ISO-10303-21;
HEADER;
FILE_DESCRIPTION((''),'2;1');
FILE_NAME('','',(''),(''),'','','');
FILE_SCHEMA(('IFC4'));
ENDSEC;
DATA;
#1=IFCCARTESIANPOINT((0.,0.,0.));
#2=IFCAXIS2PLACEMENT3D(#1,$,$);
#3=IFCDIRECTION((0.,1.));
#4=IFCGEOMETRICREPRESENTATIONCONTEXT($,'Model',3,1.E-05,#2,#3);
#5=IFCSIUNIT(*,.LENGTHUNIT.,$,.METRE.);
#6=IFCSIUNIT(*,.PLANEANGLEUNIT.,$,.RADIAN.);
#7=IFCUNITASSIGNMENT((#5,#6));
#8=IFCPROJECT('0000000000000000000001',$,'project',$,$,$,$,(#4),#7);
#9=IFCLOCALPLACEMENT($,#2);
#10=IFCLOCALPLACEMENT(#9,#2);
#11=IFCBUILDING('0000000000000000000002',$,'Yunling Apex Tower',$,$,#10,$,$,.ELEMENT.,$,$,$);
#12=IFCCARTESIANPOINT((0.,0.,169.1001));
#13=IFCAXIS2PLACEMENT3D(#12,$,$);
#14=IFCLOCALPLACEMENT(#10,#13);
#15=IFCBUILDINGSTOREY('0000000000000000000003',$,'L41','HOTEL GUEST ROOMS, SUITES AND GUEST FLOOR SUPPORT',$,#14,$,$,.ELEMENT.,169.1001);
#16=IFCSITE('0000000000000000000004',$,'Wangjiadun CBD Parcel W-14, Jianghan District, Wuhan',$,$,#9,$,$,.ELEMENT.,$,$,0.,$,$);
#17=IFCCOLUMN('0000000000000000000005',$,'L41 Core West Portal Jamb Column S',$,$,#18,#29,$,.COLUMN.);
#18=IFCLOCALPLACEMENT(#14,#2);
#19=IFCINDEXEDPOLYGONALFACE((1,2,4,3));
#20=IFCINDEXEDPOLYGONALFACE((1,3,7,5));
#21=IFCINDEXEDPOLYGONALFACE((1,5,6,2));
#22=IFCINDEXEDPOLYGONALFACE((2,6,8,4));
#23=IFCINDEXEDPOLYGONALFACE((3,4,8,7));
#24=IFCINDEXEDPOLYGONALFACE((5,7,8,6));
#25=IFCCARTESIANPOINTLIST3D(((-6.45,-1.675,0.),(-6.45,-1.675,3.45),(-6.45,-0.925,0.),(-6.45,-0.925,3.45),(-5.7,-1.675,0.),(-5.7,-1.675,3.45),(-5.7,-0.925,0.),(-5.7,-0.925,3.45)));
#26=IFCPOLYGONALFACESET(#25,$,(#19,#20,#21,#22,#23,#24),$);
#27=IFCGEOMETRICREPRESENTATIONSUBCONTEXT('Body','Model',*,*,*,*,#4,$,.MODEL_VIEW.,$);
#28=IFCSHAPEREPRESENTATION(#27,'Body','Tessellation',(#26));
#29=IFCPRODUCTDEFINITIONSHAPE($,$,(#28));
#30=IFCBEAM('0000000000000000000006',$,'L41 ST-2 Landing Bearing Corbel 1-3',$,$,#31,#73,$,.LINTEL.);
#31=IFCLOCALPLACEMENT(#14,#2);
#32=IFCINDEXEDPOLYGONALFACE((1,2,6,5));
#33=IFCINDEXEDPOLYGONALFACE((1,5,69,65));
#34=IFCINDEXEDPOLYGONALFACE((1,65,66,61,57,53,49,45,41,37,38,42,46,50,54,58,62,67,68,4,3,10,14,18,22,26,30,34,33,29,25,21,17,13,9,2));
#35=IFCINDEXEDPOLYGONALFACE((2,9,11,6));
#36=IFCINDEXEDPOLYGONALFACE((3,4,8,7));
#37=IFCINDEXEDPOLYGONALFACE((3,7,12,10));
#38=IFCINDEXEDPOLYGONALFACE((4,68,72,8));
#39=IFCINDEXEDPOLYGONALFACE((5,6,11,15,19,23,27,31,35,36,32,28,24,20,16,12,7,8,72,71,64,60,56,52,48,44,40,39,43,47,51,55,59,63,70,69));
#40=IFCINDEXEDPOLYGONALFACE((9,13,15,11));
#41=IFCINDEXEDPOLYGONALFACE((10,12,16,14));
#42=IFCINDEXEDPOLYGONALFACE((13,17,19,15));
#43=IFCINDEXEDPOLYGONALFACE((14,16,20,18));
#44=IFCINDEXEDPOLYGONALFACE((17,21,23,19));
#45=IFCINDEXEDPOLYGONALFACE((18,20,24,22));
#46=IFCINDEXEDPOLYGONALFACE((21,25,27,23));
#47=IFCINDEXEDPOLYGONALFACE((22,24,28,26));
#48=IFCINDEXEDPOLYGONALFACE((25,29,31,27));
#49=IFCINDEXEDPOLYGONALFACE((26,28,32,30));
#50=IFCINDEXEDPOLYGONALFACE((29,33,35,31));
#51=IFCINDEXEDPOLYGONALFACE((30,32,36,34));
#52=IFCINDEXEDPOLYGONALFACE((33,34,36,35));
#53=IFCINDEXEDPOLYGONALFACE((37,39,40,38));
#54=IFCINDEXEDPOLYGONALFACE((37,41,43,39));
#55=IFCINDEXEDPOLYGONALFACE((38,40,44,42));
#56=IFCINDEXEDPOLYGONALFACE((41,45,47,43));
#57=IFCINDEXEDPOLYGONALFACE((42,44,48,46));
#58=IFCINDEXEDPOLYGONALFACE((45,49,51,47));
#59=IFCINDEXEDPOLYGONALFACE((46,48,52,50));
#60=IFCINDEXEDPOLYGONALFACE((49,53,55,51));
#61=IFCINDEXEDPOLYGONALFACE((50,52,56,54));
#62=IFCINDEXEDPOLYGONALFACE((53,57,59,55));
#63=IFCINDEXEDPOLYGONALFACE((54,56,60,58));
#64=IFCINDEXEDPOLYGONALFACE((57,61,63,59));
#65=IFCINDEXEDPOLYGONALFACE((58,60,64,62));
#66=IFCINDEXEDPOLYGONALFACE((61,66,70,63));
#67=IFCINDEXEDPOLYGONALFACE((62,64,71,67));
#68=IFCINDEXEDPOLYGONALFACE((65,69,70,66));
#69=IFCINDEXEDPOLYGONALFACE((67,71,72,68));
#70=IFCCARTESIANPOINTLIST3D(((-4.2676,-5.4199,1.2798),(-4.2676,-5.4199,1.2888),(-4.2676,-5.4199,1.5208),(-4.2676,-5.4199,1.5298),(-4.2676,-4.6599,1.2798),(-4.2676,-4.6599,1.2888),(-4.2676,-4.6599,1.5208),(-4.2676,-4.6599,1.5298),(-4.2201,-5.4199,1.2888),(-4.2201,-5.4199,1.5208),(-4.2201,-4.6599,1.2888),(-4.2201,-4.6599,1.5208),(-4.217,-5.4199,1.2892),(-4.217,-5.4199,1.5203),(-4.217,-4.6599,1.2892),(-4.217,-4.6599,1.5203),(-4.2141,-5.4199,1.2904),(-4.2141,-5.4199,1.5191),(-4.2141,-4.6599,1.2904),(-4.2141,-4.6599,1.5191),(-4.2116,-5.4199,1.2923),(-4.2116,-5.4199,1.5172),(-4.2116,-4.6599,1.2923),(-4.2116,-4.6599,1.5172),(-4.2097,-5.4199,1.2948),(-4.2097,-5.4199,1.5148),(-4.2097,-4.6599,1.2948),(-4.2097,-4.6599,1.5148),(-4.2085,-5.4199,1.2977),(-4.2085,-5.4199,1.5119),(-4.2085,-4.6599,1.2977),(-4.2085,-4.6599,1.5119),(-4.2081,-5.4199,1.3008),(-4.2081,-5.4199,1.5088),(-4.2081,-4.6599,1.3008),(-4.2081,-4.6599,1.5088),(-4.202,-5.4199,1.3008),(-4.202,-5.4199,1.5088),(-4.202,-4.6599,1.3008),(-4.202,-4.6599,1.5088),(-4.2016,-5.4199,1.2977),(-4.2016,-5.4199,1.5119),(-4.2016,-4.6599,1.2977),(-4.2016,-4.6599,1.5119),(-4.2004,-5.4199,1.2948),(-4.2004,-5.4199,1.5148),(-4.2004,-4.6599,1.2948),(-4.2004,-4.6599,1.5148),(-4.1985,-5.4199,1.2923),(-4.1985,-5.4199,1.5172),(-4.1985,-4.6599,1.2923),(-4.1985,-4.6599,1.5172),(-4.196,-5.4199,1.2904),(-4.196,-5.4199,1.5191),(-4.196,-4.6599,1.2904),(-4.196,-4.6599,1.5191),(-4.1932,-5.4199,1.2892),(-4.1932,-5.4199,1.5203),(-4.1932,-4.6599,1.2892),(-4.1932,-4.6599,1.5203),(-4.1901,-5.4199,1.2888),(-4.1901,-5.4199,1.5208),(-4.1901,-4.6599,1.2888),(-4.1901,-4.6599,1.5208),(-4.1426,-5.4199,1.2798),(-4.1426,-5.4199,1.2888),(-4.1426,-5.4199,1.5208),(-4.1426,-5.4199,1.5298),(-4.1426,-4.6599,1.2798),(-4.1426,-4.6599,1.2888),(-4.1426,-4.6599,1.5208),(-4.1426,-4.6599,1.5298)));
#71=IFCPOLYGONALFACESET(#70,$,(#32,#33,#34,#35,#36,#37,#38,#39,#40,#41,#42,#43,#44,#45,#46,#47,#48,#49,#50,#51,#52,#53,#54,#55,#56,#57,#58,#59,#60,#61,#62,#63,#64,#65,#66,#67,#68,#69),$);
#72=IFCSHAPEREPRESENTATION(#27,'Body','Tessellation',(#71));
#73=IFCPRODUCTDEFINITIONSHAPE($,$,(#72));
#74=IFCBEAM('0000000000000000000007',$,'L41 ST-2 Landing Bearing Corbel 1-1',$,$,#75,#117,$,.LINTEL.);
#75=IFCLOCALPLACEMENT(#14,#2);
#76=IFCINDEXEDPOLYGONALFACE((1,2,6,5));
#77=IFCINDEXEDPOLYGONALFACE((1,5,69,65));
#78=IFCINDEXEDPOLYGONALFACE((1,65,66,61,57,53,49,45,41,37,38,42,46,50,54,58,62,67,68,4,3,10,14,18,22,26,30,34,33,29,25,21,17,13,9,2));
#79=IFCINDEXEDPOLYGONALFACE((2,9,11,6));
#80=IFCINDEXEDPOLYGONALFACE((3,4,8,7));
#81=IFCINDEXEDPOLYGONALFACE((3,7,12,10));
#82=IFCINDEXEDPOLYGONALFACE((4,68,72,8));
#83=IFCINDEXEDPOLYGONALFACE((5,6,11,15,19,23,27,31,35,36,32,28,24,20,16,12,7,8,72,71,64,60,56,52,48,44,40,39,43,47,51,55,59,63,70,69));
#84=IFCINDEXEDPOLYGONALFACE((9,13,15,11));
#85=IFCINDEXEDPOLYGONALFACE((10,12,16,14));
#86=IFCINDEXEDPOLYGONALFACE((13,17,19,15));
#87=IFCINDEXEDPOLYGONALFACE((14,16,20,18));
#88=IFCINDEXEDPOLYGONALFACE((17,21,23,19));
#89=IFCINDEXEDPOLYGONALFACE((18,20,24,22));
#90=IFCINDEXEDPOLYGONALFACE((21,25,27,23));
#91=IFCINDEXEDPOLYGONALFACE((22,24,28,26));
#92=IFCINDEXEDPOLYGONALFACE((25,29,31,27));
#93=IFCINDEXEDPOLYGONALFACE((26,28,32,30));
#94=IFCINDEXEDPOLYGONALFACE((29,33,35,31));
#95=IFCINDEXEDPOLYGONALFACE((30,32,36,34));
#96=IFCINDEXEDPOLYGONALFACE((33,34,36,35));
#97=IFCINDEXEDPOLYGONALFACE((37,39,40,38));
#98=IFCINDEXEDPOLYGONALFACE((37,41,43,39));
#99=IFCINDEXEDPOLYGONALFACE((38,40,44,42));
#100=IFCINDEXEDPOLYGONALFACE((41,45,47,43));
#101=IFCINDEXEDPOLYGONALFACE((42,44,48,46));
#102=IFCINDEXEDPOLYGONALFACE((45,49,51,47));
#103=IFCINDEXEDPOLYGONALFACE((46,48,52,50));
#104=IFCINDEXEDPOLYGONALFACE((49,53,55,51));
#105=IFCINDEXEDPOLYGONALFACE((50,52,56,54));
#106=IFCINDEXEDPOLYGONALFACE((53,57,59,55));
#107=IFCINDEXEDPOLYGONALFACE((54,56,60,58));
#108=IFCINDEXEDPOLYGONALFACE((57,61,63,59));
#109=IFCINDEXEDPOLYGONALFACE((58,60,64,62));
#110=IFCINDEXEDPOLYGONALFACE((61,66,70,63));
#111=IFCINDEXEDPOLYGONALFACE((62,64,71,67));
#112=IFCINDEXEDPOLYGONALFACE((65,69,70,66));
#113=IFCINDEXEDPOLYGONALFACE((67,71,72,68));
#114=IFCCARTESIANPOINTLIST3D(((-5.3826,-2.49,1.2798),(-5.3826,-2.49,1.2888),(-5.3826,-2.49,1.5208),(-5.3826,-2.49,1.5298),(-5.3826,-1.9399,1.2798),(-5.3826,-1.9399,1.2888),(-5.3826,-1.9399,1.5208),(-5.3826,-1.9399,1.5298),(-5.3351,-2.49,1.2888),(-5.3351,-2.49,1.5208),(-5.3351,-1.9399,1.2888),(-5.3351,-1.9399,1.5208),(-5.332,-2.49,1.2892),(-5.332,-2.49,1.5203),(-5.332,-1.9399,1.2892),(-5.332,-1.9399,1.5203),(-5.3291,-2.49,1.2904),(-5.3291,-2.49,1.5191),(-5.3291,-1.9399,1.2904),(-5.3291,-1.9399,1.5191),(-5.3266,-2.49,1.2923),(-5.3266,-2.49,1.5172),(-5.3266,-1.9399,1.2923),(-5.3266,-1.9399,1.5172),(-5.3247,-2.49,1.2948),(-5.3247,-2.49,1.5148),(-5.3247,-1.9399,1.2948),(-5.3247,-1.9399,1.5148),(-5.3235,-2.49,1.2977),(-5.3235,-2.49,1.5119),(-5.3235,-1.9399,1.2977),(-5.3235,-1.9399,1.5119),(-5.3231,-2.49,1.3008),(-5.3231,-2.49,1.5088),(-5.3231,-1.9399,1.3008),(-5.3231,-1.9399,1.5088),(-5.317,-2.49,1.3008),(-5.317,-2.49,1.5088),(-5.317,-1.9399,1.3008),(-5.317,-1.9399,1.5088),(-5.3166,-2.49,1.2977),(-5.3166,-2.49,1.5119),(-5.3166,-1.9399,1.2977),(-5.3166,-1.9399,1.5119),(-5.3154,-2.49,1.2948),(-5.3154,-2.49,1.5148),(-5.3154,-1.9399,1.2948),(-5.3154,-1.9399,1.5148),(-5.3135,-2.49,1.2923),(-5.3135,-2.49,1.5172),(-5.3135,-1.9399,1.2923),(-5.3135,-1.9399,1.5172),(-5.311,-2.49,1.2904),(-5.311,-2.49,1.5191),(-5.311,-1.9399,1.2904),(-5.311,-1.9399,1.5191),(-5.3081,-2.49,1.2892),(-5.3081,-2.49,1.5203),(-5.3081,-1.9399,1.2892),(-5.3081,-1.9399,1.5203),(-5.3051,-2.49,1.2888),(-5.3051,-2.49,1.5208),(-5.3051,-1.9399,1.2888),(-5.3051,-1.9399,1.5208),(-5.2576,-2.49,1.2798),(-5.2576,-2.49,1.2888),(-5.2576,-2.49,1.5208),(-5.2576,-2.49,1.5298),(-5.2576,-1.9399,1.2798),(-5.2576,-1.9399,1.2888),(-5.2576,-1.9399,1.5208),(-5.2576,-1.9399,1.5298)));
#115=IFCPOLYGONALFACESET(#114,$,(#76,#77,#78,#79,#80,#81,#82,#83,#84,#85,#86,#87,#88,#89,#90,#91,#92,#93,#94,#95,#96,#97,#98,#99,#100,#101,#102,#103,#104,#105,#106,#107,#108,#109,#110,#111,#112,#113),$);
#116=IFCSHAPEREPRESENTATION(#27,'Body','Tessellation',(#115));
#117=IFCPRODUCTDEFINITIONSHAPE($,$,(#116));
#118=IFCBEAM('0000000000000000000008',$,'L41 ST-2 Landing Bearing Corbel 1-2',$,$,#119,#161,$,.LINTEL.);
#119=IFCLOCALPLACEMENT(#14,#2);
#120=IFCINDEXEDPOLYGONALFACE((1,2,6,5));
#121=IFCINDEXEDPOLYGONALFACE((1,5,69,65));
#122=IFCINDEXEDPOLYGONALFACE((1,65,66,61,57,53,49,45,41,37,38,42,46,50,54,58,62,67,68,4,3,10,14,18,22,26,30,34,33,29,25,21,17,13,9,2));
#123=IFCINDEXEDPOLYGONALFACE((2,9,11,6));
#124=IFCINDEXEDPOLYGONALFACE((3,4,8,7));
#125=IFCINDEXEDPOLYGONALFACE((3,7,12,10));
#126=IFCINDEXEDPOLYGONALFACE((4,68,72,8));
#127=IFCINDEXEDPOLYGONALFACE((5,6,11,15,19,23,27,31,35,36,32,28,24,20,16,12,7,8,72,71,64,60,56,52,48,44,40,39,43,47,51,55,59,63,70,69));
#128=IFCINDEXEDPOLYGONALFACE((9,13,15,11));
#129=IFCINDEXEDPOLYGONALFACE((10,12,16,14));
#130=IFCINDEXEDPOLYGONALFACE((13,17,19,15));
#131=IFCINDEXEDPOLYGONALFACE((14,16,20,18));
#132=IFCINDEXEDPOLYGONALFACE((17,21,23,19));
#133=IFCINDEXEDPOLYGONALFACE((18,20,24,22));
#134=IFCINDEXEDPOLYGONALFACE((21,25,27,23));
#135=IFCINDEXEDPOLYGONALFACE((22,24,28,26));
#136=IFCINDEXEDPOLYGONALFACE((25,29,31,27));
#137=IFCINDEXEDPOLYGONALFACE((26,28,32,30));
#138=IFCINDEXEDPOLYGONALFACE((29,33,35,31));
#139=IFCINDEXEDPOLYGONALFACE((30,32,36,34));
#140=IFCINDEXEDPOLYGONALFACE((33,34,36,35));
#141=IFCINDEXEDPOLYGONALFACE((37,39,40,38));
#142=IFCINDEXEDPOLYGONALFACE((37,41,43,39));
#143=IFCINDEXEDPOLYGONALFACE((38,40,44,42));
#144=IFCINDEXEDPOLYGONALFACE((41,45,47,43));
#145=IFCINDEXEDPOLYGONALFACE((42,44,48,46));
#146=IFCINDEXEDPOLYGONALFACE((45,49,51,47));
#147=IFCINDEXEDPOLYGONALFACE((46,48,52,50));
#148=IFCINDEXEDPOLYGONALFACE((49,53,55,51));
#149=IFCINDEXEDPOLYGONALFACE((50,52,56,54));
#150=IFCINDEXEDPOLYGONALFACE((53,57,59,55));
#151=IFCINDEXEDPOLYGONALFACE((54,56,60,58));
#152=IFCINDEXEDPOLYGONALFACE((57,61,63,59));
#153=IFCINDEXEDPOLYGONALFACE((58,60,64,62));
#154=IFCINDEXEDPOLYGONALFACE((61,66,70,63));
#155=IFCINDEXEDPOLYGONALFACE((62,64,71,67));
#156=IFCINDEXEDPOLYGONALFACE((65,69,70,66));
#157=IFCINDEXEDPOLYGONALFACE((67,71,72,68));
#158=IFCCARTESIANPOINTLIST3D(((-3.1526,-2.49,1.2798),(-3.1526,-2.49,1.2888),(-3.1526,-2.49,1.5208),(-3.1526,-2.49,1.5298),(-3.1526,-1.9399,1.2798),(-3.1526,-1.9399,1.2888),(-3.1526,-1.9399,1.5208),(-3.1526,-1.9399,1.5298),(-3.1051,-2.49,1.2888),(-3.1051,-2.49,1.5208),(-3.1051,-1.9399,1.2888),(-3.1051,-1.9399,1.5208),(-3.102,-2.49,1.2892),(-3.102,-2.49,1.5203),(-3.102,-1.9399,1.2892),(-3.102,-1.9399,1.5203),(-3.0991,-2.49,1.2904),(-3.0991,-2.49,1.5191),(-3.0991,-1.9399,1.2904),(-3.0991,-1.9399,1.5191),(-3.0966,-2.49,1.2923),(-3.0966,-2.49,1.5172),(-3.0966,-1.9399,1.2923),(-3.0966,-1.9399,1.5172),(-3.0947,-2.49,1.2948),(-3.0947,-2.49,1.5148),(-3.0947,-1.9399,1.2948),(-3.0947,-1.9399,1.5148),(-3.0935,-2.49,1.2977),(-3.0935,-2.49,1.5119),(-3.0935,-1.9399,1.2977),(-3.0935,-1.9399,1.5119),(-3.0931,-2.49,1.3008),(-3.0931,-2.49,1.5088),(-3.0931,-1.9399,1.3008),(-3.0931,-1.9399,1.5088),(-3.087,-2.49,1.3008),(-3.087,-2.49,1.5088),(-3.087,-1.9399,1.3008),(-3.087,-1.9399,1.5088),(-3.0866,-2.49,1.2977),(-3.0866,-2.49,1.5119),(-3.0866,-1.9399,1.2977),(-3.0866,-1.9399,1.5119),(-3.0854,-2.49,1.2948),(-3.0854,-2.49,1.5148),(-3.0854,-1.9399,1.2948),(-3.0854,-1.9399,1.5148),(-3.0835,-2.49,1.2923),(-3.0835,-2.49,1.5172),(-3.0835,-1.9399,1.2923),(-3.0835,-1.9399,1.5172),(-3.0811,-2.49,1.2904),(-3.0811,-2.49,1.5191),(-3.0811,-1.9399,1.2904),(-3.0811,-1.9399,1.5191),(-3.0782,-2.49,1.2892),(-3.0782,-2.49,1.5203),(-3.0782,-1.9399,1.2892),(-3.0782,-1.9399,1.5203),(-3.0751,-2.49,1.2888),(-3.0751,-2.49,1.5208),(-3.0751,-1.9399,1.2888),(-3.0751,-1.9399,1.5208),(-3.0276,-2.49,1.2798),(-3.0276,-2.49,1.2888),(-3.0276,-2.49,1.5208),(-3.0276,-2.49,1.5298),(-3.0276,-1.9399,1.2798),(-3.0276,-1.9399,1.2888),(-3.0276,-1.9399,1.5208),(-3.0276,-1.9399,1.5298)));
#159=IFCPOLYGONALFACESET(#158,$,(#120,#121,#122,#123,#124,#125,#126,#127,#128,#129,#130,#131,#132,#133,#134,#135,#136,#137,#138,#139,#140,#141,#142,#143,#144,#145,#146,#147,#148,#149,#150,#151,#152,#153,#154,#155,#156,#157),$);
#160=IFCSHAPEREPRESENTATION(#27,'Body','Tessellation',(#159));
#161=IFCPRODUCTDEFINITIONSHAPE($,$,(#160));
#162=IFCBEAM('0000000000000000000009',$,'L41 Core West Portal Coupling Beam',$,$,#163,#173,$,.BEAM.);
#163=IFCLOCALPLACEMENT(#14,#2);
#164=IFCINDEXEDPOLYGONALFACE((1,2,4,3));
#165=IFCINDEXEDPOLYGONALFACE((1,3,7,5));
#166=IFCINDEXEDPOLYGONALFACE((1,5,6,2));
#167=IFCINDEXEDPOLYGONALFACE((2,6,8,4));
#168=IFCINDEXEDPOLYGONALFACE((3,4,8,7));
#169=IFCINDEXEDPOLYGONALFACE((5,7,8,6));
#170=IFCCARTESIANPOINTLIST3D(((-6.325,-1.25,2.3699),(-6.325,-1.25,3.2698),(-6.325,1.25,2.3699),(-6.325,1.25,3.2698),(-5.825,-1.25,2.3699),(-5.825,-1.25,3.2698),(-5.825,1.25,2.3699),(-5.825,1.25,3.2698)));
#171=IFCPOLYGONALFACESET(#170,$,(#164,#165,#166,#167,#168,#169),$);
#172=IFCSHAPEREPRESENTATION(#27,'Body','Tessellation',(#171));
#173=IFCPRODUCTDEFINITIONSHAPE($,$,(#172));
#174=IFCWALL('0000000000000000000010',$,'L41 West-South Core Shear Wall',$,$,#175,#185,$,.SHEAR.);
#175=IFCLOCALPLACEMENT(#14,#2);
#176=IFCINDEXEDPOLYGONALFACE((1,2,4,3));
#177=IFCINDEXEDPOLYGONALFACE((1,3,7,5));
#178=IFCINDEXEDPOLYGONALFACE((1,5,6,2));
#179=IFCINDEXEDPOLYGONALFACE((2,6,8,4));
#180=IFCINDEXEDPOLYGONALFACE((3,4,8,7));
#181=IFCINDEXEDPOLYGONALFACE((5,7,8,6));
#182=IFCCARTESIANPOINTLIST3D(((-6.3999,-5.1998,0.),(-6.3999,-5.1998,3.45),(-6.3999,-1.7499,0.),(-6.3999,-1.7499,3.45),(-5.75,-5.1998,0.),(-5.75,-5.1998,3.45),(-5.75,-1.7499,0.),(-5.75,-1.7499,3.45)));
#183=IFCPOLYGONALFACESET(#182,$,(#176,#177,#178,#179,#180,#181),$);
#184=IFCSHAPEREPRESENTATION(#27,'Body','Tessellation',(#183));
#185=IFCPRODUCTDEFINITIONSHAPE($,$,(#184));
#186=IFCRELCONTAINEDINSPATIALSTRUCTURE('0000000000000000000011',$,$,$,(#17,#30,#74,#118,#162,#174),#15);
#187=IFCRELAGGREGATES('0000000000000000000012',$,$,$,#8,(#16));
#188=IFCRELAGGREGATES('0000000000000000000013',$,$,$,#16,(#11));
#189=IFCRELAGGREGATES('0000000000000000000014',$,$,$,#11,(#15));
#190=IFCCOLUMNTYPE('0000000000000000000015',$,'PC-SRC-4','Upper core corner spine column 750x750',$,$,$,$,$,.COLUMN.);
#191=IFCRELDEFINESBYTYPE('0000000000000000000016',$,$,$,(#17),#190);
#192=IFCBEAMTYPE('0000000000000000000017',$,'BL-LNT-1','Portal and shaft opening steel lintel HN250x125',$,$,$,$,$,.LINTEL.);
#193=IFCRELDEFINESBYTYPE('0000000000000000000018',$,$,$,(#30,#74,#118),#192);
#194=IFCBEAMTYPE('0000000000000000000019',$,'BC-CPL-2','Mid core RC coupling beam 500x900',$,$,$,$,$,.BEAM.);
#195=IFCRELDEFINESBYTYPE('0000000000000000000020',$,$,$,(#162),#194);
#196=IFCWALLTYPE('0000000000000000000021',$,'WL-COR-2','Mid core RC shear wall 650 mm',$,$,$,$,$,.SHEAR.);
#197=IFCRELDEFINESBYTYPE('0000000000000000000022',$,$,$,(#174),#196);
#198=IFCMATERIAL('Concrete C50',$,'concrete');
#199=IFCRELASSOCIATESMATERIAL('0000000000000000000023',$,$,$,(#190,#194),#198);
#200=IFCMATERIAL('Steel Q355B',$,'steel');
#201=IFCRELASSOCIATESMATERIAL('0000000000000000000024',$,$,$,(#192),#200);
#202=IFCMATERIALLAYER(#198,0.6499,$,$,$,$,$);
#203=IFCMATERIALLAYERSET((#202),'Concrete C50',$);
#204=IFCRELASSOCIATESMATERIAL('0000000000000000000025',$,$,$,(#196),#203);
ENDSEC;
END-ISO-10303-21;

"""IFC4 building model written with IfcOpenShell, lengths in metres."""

from ifc_helpers import new_model, si_unit, direction, frame, frame_2d, origin, origin_2d, place, context, subcontext, project, spatial, rectangle, i_section, extrude, source, transform, mapped, material, layer, layer_set, material_profile, profile_set, type_object, element, save


model = new_model("IFC4")

# Units and contexts
model_context = context("Model", 3, precision=1e-05, world=origin(), true_north=direction((0.0, 1.0)))
body_context = subcontext(model_context, "Body", "Model", "MODEL_VIEW")
ifc_project = project(units=[si_unit("LENGTHUNIT", "METRE"), si_unit("PLANEANGLEUNIT", "RADIAN")], contexts=[model_context])

# Site, building, storey
site_placement = place(None, origin())
site = spatial("IfcSite", under=ifc_project, at=site_placement, Name="Wangjiadun CBD Parcel W-14, Jianghan District, Wuhan", CompositionType="ELEMENT", RefElevation=0.0)
building_placement = place(site_placement, origin())
building = spatial("IfcBuilding", under=site, at=building_placement, Name="Yunling Apex Tower", CompositionType="ELEMENT")
storey_placement = place(building_placement, frame((0.0, 0.0, 169.1001)))
storey = spatial("IfcBuildingStorey", under=building, at=storey_placement, Name="L41", Description="HOTEL GUEST ROOMS, SUITES AND GUEST FLOOR SUPPORT", CompositionType="ELEMENT", Elevation=169.1001)

# Column
ifc_material_1 = material(Name="Concrete C50", Category="concrete")
ifc_material_profile_1 = material_profile(ifc_material_1, rectangle(XDim=0.75, YDim=0.75, at=origin_2d()))
ifc_profile_set_1 = profile_set([ifc_material_profile_1], Name="Concrete C50")
column_type = type_object("IfcColumnType", Name="PC-SRC-4", Description="Upper core corner spine column 750x750", PredefinedType="COLUMN", material=ifc_profile_set_1)
shared_shape_1 = source(origin(), body_context, "Body", "SweptSolid", [
    extrude(rectangle(XDim=0.75, YDim=0.75, at=origin_2d()), origin(), (0.0, 0.0, 1.0), 3.45),
])
column_placement = place(storey_placement, frame((-6.075, -1.3, 0.0), z_axis=(0.0, 0.0, 1.0), x_axis=(1.0, 0.0, 0.0)))
element("IfcColumn", 1, at=column_placement, inside=storey, type_object=column_type, Name="L41 Core West Portal Jamb Column S", PredefinedType="COLUMN", context=body_context, shape_type="MappedRepresentation", body=[
    mapped(shared_shape_1, transform((0.0, 0.0, 0.0), scale=1.0)),
])

# Beams
ifc_material_2 = material(Name="Steel Q355B", Category="steel")
ifc_material_profile_2 = material_profile(ifc_material_2, i_section(OverallWidth=0.125, OverallDepth=0.25, WebThickness=0.0061, FlangeThickness=0.009, FilletRadius=0.012, at=origin_2d()))
ifc_profile_set_2 = profile_set([ifc_material_profile_2], Name="Steel Q355B")
beam_type_1 = type_object("IfcBeamType", Name="BL-LNT-1", Description="Portal and shaft opening steel lintel HN250x125", PredefinedType="LINTEL", material=ifc_profile_set_2)
shared_shape_2 = source(origin(), body_context, "Body", "SweptSolid", [
    extrude(i_section(OverallWidth=0.125, OverallDepth=0.25, WebThickness=0.0061, FlangeThickness=0.009, FilletRadius=0.012, at=origin_2d()), origin(), (0.0, 0.0, 1.0), 0.76),
])
beam_1_placement = place(storey_placement, frame((-4.2051, -5.4199, 1.4048), z_axis=(0.0, 1.0, 0.0), x_axis=(-1.0, 0.0, 0.0)))
element("IfcBeam", 2, at=beam_1_placement, inside=storey, type_object=beam_type_1, Name="L41 ST-2 Landing Bearing Corbel 1-3", PredefinedType="LINTEL", context=body_context, shape_type="MappedRepresentation", body=[
    mapped(shared_shape_2, transform((0.0, 0.0, 0.0), scale=1.0)),
])
shared_shape_3 = source(origin(), body_context, "Body", "SweptSolid", [
    extrude(i_section(OverallWidth=0.125, OverallDepth=0.25, WebThickness=0.0061, FlangeThickness=0.009, FilletRadius=0.012, at=origin_2d()), origin(), (0.0, 0.0, 1.0), 0.55),
])
for number, where, z_axis, x_axis, name in (
    (3, (-5.3201, -1.9399, 1.4048), (0.0, -1.0, 0.0), (1.0, 0.0, 0.0), "L41 ST-2 Landing Bearing Corbel 1-1"),
    (4, (-3.0901, -1.9399, 1.4048), (0.0, -1.0, 0.0), (1.0, 0.0, 0.0), "L41 ST-2 Landing Bearing Corbel 1-2"),
):
    element("IfcBeam", number, at=place(storey_placement, frame(where, z_axis=z_axis, x_axis=x_axis)), inside=storey, type_object=beam_type_1, Name=name, PredefinedType="LINTEL", context=body_context, shape_type="MappedRepresentation", body=[
        mapped(shared_shape_3, transform((0.0, 0.0, 0.0), scale=1.0)),
    ])
ifc_material_profile_3 = material_profile(ifc_material_1, rectangle(XDim=0.5, YDim=0.8999, at=origin_2d()))
ifc_profile_set_3 = profile_set([ifc_material_profile_3], Name="Concrete C50")
beam_type_2 = type_object("IfcBeamType", Name="BC-CPL-2", Description="Mid core RC coupling beam 500x900", PredefinedType="BEAM", material=ifc_profile_set_3)
shared_shape_4 = source(origin(), body_context, "Body", "SweptSolid", [
    extrude(rectangle(XDim=0.5, YDim=0.8999, at=origin_2d()), origin(), (0.0, 0.0, 1.0), 2.5),
])
beam_2_placement = place(storey_placement, frame((-6.075, -1.25, 2.8198), z_axis=(0.0, 1.0, 0.0), x_axis=(-1.0, 0.0, 0.0)))
element("IfcBeam", 5, at=beam_2_placement, inside=storey, type_object=beam_type_2, Name="L41 Core West Portal Coupling Beam", PredefinedType="BEAM", context=body_context, shape_type="MappedRepresentation", body=[
    mapped(shared_shape_4, transform((0.0, 0.0, 0.0), scale=1.0)),
])

# Wall
ifc_layer_1 = layer(ifc_material_1, 0.6499)
ifc_layer_set_1 = layer_set([ifc_layer_1], Name="Concrete C50")
wall_type_1 = type_object("IfcWallType", Name="WL-COR-2", Description="Mid core RC shear wall 650 mm", PredefinedType="SHEAR", material=ifc_layer_set_1)
wall_1_placement = place(storey_placement, frame((-6.075, -5.2, 0.0), z_axis=(0.0, 0.0, 1.0), x_axis=(0.0, 1.0, 0.0)))
element("IfcWall", 6, at=wall_1_placement, inside=storey, type_object=wall_type_1, Name="L41 West-South Core Shear Wall", PredefinedType="SHEAR", context=body_context, shape_type="SweptSolid", body=[
    extrude(rectangle(XDim=3.45, YDim=0.6499, at=frame_2d((1.7251, 0.0))), origin(), (0.0, 0.0, 1.0), 3.45),
])

save(model, "model.ifc")
